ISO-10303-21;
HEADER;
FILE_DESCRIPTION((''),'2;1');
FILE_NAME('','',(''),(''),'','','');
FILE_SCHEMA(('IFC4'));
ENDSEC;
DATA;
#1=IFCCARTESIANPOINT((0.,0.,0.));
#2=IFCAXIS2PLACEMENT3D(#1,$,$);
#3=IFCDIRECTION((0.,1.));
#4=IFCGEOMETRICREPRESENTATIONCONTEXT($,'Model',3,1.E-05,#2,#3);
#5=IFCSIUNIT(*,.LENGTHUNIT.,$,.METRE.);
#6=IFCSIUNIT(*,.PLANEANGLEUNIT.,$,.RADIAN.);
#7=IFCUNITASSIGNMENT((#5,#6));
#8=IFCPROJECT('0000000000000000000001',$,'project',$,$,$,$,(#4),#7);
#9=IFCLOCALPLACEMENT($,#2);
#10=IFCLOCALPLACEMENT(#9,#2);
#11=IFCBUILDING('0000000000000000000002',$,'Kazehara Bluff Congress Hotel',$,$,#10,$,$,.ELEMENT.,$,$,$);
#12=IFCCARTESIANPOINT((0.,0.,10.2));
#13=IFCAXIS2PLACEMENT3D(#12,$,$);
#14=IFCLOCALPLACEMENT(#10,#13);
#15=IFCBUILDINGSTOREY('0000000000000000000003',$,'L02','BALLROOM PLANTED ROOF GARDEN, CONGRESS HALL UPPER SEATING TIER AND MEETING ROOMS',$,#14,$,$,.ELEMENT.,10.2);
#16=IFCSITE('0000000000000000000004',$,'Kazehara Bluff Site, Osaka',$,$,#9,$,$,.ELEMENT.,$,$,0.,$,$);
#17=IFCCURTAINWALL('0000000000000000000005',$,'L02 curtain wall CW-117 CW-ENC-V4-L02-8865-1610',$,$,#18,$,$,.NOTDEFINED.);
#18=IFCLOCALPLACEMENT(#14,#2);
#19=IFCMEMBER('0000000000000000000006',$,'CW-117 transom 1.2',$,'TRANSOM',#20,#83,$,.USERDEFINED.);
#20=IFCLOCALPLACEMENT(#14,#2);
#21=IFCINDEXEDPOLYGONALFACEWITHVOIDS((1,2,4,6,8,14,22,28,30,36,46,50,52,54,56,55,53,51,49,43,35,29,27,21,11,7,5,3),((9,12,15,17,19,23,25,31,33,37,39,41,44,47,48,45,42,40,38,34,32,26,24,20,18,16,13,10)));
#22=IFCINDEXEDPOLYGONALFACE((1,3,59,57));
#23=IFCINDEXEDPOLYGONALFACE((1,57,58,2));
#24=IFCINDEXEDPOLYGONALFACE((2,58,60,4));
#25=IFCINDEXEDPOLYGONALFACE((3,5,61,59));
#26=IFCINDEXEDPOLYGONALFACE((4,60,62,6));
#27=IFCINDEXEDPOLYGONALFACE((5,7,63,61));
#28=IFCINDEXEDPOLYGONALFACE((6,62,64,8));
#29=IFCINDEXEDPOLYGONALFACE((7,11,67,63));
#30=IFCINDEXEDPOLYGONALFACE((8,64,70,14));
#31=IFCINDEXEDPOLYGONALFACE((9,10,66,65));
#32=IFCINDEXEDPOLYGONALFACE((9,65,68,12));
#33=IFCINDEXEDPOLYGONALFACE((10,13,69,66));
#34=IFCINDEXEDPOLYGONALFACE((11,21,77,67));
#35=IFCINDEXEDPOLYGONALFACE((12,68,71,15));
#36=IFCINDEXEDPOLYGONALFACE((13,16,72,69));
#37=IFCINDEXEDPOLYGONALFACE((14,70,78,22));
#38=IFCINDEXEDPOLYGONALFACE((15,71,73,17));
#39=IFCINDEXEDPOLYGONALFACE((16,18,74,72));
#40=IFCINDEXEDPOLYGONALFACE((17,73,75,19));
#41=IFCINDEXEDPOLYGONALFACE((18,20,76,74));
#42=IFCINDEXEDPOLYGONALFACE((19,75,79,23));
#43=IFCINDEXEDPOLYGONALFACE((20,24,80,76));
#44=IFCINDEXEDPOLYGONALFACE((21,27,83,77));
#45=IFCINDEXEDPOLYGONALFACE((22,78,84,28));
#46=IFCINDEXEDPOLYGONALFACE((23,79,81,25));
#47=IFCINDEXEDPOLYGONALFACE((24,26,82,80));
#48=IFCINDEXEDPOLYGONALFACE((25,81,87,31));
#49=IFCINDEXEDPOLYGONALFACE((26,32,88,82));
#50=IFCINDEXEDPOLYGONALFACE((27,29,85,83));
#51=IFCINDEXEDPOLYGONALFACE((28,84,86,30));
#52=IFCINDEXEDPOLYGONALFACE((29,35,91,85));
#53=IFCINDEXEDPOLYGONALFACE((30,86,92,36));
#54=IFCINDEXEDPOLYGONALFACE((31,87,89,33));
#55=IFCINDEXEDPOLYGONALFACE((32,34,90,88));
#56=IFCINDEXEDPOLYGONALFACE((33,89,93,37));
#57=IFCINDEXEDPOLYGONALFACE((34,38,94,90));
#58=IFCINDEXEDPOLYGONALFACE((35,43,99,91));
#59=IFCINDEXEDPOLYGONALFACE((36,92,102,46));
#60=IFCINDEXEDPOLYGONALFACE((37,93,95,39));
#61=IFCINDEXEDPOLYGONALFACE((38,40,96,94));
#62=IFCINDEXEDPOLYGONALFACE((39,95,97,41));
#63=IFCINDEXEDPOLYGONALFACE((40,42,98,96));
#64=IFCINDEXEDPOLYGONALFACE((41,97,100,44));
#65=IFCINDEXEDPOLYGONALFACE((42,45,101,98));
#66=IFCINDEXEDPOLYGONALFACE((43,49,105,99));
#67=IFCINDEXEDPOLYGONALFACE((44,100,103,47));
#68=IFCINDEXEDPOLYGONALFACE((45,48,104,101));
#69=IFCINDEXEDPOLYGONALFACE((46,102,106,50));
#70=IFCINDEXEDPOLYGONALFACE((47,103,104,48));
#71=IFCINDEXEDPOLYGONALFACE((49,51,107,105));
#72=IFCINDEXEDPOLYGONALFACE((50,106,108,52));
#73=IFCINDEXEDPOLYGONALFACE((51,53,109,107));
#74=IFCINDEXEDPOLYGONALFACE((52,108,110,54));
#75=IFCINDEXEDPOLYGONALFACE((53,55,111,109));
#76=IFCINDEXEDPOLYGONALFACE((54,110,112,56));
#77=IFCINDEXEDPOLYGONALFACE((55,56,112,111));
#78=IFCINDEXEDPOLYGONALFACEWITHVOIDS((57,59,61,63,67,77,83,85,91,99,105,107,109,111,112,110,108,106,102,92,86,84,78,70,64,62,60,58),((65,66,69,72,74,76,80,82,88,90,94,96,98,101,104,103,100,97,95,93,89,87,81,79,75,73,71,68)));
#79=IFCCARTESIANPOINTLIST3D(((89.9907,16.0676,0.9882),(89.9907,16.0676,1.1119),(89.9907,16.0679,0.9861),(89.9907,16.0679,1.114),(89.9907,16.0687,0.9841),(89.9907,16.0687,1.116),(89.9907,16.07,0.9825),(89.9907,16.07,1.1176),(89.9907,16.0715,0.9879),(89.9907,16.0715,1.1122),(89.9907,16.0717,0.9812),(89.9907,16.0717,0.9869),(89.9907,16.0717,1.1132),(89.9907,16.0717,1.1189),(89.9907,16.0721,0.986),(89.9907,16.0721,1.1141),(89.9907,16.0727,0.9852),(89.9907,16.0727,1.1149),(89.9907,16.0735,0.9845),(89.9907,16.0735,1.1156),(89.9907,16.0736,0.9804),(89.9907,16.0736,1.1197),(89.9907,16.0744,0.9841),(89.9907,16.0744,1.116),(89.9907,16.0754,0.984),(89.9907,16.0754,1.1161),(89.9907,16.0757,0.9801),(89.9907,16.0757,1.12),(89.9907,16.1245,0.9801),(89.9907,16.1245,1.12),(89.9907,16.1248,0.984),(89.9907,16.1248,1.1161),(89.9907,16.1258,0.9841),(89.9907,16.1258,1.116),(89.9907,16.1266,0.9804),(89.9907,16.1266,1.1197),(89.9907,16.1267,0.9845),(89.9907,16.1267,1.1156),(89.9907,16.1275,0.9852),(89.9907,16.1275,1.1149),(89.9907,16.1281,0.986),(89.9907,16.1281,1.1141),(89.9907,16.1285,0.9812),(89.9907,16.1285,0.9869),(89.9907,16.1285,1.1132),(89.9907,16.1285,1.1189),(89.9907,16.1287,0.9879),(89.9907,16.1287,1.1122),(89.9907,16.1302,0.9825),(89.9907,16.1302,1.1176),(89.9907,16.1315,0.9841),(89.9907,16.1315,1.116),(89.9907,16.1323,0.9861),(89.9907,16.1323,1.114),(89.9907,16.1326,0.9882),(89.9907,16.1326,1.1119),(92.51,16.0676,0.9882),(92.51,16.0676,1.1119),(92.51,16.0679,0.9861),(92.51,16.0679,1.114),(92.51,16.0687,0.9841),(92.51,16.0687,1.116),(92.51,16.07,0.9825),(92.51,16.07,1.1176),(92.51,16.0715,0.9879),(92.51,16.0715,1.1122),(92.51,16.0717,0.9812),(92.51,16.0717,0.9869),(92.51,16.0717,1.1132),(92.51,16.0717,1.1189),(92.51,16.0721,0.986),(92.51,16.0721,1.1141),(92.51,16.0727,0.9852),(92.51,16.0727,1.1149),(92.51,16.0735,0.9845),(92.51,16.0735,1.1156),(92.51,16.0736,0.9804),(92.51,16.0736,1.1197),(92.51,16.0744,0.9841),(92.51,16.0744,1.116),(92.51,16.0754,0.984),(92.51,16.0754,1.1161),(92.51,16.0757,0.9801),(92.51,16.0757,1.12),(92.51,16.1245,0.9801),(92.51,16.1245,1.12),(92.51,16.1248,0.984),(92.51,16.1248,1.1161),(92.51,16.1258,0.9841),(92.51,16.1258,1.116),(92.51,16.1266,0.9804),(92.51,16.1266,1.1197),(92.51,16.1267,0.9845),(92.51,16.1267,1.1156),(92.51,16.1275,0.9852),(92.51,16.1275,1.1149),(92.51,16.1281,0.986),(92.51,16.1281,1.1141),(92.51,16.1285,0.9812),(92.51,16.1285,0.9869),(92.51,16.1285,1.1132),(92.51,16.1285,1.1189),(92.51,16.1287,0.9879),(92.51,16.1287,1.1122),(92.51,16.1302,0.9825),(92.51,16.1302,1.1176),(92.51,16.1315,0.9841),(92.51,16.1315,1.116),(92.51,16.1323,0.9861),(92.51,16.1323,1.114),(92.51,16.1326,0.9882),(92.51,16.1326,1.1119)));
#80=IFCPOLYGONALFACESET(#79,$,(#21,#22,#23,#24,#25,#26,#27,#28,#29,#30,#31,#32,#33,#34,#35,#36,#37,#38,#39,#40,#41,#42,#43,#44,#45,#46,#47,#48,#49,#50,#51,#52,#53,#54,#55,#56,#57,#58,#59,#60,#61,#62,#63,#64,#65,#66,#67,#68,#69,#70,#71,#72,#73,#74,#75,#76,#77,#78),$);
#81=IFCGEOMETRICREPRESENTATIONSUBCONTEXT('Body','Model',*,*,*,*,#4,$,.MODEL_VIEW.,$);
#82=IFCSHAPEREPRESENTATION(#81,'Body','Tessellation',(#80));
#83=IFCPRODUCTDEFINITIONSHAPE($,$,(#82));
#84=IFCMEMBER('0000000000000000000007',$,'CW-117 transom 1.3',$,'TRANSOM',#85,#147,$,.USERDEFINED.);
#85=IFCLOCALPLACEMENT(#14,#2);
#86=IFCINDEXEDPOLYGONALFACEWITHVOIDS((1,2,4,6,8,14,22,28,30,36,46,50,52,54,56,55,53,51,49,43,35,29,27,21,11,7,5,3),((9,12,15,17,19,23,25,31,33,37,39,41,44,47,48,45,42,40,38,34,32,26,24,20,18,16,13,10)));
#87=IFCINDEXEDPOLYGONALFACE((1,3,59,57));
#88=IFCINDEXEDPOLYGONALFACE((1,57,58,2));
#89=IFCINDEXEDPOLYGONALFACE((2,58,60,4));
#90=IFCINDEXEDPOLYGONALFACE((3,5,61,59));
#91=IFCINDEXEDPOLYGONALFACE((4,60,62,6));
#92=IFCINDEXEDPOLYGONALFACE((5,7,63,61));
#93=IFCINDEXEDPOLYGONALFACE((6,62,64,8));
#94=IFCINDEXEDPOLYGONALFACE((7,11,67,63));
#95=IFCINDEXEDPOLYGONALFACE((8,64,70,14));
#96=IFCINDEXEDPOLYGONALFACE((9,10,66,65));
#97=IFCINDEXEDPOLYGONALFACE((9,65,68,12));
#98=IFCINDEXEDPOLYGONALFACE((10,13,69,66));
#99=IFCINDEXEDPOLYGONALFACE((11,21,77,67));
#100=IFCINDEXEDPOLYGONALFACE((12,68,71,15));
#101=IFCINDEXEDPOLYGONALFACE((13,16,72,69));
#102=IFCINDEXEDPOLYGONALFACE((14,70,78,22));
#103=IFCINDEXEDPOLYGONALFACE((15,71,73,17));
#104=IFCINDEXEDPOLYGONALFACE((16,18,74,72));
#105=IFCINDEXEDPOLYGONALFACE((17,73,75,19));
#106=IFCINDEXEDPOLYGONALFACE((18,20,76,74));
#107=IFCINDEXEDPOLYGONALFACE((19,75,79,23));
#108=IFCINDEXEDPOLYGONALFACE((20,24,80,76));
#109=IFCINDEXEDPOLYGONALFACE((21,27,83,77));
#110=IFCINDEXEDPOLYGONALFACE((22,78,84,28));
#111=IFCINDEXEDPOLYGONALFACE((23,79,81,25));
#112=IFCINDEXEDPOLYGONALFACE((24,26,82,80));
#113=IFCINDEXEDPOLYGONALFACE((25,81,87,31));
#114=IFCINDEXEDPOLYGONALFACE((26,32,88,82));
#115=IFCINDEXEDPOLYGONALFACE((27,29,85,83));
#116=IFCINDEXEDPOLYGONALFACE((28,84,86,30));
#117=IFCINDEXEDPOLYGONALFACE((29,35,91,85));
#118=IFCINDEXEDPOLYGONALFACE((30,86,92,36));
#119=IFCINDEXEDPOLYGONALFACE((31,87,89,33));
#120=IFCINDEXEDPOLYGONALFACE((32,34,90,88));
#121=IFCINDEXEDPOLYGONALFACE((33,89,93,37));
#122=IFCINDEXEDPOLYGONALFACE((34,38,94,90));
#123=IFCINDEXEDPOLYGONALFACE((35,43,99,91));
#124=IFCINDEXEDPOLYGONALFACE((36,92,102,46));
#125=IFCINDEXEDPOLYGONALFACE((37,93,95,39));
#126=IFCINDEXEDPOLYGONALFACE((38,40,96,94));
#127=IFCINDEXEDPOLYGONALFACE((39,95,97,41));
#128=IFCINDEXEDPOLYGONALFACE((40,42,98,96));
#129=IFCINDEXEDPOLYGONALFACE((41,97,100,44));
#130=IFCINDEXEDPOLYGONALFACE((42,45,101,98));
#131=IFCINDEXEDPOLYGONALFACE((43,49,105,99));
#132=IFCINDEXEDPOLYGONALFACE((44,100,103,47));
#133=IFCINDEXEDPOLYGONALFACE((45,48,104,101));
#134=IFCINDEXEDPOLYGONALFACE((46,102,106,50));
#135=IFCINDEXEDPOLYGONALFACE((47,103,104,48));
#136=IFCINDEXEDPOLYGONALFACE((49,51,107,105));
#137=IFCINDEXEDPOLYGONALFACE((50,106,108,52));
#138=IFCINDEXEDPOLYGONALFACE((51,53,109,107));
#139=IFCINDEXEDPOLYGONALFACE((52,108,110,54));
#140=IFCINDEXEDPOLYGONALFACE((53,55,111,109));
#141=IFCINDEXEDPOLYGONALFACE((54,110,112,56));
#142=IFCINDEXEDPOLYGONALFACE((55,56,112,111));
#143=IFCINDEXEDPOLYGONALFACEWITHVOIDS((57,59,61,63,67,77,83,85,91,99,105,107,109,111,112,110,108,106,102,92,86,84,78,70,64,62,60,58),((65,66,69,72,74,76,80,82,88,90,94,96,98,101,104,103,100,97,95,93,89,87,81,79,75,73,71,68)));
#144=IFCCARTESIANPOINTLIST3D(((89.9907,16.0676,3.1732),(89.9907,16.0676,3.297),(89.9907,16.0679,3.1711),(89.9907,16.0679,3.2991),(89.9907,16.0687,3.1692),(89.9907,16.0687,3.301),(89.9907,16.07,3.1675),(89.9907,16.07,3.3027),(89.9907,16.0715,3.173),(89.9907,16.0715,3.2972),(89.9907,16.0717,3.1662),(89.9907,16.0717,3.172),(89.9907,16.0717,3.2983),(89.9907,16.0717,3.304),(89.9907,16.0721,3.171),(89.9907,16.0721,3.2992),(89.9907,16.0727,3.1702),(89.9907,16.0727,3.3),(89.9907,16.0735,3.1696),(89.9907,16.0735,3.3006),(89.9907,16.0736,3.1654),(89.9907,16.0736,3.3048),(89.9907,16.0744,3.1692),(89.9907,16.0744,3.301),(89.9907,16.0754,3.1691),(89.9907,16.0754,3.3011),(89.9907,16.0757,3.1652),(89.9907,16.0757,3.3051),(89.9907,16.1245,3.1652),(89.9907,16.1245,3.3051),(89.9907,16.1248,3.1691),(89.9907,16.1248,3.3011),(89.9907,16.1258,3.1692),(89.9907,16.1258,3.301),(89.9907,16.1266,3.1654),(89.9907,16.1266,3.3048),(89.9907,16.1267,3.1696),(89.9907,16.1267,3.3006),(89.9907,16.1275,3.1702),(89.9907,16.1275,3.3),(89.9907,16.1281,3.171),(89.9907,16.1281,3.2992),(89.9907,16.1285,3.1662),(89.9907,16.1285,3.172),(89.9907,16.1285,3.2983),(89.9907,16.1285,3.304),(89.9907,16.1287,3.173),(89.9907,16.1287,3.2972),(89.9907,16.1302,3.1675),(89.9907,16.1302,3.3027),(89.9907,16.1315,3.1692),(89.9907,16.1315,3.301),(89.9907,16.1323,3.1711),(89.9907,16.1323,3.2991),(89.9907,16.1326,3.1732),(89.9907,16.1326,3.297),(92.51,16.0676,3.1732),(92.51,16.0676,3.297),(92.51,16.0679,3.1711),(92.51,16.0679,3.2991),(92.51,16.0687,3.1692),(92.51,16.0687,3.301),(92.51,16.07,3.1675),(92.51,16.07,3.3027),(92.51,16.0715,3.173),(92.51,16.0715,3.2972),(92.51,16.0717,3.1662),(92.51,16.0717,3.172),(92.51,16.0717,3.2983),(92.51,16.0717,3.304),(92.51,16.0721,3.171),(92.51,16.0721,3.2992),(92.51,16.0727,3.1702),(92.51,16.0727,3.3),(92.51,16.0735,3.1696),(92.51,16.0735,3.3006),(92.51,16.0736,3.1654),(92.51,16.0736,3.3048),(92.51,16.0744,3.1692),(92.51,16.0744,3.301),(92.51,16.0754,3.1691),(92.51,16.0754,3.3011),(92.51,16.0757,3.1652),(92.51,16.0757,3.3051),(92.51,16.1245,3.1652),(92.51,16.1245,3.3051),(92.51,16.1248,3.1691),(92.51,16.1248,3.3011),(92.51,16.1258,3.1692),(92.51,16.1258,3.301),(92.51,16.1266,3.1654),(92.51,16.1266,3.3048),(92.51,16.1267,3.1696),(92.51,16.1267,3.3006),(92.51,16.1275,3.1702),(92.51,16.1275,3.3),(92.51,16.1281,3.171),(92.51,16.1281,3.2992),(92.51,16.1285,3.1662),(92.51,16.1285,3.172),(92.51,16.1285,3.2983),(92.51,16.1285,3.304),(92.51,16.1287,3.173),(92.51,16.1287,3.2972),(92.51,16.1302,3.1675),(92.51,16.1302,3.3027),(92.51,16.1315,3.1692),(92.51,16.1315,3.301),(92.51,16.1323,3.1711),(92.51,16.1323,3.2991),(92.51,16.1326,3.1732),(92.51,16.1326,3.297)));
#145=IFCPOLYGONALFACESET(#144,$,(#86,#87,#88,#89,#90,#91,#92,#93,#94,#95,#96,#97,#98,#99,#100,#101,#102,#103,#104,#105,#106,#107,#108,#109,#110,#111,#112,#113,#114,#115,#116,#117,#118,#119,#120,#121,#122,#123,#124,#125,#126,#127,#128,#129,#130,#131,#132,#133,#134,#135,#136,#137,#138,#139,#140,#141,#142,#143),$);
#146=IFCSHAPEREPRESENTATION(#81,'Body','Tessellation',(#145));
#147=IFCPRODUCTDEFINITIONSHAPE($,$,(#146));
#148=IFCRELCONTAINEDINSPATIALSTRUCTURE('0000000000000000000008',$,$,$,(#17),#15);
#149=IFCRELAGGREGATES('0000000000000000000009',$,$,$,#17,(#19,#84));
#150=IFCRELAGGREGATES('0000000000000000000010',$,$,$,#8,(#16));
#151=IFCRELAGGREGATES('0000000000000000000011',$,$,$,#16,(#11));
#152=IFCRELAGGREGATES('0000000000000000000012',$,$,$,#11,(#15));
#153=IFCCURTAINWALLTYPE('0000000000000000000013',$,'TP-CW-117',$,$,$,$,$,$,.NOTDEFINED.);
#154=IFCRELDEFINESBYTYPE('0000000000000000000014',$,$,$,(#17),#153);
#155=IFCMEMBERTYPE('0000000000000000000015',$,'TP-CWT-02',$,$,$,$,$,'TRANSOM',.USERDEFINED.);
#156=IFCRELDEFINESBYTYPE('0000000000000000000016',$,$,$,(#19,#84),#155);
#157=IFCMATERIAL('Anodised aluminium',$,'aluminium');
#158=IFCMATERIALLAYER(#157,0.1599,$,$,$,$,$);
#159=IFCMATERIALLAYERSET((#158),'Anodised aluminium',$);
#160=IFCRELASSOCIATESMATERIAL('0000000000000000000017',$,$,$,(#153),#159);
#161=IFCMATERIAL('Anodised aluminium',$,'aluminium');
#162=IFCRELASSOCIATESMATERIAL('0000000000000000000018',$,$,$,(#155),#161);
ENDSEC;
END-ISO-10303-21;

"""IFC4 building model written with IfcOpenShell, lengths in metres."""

from ifc_helpers import new_model, si_unit, direction, frame, origin, origin_2d, place, context, subcontext, project, spatial, hollow_rectangle, extrude, material, layer, layer_set, material_profile, profile_set, type_object, element, aggregate, save


model = new_model("IFC4")

# Units and contexts
model_context = context("Model", 3, precision=1e-05, world=origin(), true_north=direction((0.0, 1.0)))
body_context = subcontext(model_context, "Body", "Model", "MODEL_VIEW")
ifc_project = project(units=[si_unit("LENGTHUNIT", "METRE"), si_unit("PLANEANGLEUNIT", "RADIAN")], contexts=[model_context])

# Site, building, storey
site_placement = place(None, origin())
site = spatial("IfcSite", under=ifc_project, at=site_placement, Name="Kazehara Bluff Site, Osaka", CompositionType="ELEMENT", RefElevation=0.0)
building_placement = place(site_placement, origin())
building = spatial("IfcBuilding", under=site, at=building_placement, Name="Kazehara Bluff Congress Hotel", CompositionType="ELEMENT")
storey_placement = place(building_placement, frame((0.0, 0.0, 10.2)))
storey = spatial("IfcBuildingStorey", under=building, at=storey_placement, Name="L02", Description="BALLROOM PLANTED ROOF GARDEN, CONGRESS HALL UPPER SEATING TIER AND MEETING ROOMS", CompositionType="ELEMENT", Elevation=10.2)

# Curtain wall
ifc_material_1 = material(Name="Anodised aluminium", Category="aluminium")
ifc_layer_1 = layer(ifc_material_1, 0.1599)
ifc_layer_set_1 = layer_set([ifc_layer_1], Name="Anodised aluminium")
curtain_wall_type = type_object("IfcCurtainWallType", Name="TP-CW-117", PredefinedType="NOTDEFINED", material=ifc_layer_set_1)
curtain_wall_1_placement = place(storey_placement, origin())
curtain_wall_1 = element("IfcCurtainWall", 1, at=curtain_wall_1_placement, inside=storey, type_object=curtain_wall_type, Name="L02 curtain wall CW-117 CW-ENC-V4-L02-8865-1610", PredefinedType="NOTDEFINED")

# Members
ifc_material_2 = material(Name="Anodised aluminium", Category="aluminium")
ifc_material_profile_1 = material_profile(ifc_material_2, hollow_rectangle(XDim=0.0649, YDim=0.1399, WallThickness=0.0039, InnerFilletRadius=0.0039, OuterFilletRadius=0.0081, at=origin_2d()))
ifc_profile_set_1 = profile_set([ifc_material_profile_1], Name="Anodised aluminium")
member_type_1 = type_object("IfcMemberType", Name="TP-CWT-02", ElementType="TRANSOM", PredefinedType="USERDEFINED", material=ifc_profile_set_1)
member_1_placement = place(storey_placement, frame((92.51, 16.1001, 1.05), z_axis=(-1.0, 0.0, 0.0), x_axis=(0.0, -1.0, 0.0)))
member_1 = element("IfcMember", 2, at=member_1_placement, type_object=member_type_1, Name="CW-117 transom 1.2", ObjectType="TRANSOM", PredefinedType="USERDEFINED", context=body_context, shape_type="SweptSolid", body=[
    extrude(hollow_rectangle(XDim=0.0649, YDim=0.1399, WallThickness=0.0039, InnerFilletRadius=0.0039, OuterFilletRadius=0.0081, at=origin_2d()), origin(), (0.0, 0.0, 1.0), 2.5193),
])
member_2_placement = place(storey_placement, frame((92.51, 16.1001, 3.2351), z_axis=(-1.0, 0.0, 0.0), x_axis=(0.0, -1.0, 0.0)))
member_2 = element("IfcMember", 3, at=member_2_placement, type_object=member_type_1, Name="CW-117 transom 1.3", ObjectType="TRANSOM", PredefinedType="USERDEFINED", context=body_context, shape_type="SweptSolid", body=[
    extrude(hollow_rectangle(XDim=0.0649, YDim=0.1399, WallThickness=0.0039, InnerFilletRadius=0.0039, OuterFilletRadius=0.0081, at=origin_2d()), origin(), (0.0, 0.0, 1.0), 2.5193),
])

aggregate(curtain_wall_1, [member_1, member_2])

save(model, "model.ifc")
